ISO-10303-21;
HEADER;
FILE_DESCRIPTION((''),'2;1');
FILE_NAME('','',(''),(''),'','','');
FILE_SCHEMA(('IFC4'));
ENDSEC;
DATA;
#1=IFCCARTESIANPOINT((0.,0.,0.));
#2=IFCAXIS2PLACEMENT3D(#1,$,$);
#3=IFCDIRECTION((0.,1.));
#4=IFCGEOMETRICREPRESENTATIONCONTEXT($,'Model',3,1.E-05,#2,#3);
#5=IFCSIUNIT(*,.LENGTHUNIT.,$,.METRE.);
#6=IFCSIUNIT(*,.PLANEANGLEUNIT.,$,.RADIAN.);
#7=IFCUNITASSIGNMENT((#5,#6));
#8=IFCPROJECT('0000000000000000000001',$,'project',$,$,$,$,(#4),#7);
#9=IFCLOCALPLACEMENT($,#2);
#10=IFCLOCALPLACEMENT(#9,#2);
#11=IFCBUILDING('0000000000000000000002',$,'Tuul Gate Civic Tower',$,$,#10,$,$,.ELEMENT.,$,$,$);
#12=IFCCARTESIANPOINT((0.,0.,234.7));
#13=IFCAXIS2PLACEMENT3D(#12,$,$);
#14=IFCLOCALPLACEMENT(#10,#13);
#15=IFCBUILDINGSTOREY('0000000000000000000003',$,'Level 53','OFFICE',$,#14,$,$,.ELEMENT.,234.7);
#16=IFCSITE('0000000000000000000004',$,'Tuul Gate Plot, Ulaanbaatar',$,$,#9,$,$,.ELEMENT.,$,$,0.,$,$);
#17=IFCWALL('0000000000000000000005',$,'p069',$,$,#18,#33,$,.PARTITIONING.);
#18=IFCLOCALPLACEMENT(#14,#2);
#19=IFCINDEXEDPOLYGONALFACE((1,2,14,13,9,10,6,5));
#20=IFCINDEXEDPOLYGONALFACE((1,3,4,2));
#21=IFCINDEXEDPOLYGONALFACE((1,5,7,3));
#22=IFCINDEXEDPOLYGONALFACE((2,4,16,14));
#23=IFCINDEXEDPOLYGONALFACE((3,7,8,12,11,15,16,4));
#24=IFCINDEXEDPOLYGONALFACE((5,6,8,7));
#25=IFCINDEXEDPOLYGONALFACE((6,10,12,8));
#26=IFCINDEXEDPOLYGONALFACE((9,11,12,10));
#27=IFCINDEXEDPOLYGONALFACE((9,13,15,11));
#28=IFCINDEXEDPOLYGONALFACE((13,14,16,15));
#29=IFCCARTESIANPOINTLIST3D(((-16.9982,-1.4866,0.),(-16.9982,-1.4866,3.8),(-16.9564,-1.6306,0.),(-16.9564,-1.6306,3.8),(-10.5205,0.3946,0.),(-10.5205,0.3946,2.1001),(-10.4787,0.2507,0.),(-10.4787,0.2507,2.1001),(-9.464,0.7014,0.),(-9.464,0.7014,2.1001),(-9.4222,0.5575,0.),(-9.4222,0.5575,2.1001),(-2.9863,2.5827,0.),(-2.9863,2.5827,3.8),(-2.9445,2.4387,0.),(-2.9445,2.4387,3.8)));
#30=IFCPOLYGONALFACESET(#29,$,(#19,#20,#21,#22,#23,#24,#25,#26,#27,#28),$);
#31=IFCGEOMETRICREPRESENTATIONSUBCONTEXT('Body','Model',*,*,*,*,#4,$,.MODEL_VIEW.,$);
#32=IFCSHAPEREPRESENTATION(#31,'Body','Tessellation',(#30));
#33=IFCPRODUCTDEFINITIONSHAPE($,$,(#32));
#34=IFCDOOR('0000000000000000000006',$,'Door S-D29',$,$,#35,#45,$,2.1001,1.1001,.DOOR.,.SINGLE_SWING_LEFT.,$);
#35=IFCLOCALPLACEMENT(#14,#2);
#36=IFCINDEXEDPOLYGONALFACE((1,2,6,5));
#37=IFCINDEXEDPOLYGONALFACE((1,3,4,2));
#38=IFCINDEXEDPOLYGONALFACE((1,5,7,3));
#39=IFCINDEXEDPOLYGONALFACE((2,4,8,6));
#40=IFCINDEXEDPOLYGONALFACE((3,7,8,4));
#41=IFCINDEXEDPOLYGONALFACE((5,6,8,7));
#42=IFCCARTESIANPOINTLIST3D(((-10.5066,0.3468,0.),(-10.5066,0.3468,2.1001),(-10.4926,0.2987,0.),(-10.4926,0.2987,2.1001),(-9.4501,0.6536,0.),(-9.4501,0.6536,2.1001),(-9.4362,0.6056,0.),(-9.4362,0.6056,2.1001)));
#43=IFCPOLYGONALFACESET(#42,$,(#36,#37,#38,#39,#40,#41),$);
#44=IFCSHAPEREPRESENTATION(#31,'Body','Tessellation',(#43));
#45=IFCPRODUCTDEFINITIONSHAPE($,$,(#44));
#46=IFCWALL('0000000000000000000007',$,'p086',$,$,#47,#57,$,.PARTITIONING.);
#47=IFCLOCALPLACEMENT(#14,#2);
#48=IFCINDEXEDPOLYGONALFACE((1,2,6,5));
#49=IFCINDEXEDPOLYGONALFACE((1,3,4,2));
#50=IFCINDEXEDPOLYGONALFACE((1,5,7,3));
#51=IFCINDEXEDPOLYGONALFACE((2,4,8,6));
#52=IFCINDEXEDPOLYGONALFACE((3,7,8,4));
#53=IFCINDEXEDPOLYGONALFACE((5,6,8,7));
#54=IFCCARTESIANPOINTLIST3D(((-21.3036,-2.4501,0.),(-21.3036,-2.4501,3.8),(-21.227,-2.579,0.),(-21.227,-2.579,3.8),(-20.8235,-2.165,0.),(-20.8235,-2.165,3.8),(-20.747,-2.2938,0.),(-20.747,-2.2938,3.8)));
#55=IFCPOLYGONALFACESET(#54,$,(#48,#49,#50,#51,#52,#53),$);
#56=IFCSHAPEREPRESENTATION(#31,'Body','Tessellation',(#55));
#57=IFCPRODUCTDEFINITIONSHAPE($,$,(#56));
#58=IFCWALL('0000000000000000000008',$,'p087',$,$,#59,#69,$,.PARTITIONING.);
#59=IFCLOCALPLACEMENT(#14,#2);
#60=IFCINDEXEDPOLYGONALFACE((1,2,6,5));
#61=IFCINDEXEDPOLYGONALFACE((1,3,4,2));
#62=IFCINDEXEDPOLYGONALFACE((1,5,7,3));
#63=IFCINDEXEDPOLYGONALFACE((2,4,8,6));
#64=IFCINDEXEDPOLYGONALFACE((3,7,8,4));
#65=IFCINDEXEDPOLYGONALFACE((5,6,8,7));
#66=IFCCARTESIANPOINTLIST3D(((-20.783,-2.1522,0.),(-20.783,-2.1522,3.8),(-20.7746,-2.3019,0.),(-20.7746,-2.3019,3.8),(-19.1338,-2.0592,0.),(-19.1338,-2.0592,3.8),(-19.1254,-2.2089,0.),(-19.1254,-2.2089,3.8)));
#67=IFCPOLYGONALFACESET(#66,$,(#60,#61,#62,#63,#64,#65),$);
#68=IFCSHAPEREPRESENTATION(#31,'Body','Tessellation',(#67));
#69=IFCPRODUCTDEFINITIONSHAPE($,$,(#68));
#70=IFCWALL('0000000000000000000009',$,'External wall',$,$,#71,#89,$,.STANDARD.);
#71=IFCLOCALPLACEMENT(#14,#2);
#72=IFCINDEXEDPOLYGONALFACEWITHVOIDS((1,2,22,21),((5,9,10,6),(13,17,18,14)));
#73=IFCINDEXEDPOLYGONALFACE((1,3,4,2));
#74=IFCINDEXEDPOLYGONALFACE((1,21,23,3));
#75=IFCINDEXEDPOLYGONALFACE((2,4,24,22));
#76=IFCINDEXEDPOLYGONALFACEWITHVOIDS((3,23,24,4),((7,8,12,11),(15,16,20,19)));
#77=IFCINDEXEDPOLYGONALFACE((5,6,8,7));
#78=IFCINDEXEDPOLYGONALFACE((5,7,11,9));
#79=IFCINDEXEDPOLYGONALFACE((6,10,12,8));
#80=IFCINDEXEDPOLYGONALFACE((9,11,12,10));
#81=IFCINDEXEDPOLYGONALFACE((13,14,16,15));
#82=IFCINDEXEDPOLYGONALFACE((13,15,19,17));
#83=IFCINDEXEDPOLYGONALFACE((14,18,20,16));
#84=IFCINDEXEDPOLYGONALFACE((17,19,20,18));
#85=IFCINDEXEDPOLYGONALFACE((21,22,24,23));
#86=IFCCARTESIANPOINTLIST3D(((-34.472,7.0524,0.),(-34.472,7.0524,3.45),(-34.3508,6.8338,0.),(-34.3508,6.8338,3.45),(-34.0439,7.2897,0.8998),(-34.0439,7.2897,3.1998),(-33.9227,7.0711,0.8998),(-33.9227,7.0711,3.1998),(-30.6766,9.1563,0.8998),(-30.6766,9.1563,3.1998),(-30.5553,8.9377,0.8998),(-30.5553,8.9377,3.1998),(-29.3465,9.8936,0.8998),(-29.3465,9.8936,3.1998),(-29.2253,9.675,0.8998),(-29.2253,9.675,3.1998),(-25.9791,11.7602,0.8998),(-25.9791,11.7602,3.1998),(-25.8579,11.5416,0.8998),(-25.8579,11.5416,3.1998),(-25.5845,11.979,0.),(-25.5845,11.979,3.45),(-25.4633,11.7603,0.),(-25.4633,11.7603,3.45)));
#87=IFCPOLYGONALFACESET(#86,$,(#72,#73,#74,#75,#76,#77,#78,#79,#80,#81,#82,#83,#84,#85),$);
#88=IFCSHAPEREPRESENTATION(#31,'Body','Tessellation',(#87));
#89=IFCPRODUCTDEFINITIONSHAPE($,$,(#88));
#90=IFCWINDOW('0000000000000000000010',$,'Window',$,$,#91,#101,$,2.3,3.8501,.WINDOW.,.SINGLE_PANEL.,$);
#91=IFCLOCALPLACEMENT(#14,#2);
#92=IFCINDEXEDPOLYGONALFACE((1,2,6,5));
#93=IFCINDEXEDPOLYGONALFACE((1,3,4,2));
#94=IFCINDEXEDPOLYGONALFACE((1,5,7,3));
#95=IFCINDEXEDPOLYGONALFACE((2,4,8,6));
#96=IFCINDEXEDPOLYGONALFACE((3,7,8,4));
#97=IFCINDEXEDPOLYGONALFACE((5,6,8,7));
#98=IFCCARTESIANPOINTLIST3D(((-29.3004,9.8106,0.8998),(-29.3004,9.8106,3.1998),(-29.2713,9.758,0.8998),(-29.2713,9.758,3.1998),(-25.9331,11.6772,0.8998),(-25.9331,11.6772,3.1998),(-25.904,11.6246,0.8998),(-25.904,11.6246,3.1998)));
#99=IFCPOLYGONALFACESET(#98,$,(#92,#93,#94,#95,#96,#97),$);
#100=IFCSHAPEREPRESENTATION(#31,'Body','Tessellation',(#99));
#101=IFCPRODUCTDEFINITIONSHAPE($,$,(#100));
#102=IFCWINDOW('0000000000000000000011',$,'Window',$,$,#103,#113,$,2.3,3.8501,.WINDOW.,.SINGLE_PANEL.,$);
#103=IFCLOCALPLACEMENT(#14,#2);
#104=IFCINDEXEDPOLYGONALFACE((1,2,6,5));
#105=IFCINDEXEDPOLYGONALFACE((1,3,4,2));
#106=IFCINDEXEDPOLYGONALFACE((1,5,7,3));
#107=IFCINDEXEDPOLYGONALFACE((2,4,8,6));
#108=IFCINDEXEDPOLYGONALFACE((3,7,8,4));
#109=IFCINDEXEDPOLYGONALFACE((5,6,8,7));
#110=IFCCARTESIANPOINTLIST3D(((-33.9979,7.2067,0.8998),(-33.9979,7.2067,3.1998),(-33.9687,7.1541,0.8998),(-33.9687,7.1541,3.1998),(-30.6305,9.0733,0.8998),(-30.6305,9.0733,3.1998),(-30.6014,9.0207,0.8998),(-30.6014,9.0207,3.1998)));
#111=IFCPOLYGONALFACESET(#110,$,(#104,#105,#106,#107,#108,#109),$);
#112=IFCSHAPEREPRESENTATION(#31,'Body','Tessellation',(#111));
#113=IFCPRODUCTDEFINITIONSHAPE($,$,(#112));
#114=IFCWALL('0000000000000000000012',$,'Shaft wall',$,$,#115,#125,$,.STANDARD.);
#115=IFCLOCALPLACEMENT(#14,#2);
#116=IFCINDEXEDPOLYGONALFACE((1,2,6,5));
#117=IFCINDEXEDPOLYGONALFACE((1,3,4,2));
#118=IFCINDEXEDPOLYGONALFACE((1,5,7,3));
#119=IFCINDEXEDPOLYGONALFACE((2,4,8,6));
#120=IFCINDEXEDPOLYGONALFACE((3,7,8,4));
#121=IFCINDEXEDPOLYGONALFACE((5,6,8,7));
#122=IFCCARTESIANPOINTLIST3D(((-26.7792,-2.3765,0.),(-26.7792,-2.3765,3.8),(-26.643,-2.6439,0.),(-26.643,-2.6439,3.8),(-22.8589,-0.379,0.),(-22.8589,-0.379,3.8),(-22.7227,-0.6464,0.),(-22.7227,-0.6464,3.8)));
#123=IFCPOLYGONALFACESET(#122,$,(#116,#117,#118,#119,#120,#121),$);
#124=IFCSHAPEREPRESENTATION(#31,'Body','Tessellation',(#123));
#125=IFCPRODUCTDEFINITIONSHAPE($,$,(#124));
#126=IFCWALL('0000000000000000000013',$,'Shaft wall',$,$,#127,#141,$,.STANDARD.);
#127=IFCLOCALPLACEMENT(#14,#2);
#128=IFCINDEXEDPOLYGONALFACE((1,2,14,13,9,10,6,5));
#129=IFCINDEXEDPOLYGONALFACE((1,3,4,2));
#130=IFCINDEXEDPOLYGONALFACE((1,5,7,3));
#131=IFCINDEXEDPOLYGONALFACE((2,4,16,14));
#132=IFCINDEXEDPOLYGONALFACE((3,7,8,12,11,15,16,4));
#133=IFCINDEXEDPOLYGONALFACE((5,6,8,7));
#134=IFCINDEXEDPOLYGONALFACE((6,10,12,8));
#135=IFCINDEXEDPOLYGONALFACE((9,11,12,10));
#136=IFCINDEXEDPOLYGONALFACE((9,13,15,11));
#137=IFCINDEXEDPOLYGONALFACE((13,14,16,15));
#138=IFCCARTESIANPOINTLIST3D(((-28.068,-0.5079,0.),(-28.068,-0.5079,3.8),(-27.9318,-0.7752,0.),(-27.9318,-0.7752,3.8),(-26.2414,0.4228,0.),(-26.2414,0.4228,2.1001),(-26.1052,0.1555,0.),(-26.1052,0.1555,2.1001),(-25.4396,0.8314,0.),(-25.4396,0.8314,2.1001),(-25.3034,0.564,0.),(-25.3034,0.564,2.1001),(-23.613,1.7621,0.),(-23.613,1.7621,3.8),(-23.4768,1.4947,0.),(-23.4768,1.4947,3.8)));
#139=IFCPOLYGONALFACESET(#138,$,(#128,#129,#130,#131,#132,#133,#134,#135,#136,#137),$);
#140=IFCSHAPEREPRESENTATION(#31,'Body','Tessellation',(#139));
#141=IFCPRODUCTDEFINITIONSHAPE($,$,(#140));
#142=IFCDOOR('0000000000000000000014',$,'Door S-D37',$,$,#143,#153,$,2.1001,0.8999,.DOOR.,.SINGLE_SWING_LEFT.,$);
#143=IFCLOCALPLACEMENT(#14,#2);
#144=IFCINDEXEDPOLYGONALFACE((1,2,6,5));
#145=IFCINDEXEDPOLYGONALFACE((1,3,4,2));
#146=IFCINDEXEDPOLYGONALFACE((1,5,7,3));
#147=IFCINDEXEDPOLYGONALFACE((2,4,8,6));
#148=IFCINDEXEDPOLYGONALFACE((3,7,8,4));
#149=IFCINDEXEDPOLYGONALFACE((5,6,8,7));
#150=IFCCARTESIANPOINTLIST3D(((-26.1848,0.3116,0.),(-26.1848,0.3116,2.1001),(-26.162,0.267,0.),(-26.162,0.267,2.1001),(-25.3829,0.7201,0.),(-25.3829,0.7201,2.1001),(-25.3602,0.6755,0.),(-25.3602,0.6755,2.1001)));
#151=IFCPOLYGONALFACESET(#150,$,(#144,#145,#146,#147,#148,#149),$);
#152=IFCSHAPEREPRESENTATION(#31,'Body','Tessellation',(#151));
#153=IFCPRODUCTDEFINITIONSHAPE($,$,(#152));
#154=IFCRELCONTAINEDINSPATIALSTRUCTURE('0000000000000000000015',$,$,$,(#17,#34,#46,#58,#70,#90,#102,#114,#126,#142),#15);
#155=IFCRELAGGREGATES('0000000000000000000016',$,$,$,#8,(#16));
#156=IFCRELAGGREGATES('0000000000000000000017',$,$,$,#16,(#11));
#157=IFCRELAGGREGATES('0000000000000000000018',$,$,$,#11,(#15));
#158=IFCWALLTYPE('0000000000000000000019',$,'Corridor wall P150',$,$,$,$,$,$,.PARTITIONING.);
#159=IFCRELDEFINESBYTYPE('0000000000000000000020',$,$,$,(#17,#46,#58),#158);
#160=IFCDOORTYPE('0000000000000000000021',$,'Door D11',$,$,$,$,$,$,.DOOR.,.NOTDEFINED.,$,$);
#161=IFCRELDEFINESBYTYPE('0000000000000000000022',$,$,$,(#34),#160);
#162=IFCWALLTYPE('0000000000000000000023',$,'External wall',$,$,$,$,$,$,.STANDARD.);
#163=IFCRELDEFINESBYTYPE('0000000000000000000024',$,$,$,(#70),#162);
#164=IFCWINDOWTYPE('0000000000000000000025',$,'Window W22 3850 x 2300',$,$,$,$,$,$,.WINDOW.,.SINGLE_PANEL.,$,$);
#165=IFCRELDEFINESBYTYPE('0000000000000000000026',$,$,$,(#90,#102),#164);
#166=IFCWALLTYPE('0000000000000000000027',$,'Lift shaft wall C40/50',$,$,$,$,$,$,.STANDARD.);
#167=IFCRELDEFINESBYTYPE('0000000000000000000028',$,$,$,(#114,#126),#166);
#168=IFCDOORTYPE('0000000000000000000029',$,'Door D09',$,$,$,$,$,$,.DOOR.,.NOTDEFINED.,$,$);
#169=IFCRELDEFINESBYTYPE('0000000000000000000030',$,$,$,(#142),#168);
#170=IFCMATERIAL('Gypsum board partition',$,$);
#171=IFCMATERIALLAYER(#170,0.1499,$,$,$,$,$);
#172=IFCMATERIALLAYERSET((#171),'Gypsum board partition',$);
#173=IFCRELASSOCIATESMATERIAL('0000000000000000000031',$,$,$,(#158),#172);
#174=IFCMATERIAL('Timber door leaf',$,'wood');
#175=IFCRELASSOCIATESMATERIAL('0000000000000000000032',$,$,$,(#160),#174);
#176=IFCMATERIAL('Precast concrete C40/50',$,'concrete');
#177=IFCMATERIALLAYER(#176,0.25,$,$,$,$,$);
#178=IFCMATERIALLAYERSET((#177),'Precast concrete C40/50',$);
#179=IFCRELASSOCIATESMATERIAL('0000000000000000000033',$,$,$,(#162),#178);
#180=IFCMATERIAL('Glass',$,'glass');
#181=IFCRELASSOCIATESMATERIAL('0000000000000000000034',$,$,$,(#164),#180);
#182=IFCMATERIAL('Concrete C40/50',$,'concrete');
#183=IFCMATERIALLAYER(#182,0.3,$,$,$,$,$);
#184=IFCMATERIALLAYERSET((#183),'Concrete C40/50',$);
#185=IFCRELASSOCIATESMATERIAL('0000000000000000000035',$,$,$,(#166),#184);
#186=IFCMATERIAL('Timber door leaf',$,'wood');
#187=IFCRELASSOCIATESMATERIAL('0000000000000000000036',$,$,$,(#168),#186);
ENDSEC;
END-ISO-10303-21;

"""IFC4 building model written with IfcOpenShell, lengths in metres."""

from ifc_helpers import new_model, si_unit, direction, frame, frame_2d, origin, place, context, subcontext, project, spatial, rectangle, extrude, material, layer, layer_set, type_object, element, fill, save


model = new_model("IFC4")

# Units and contexts
model_context = context("Model", 3, precision=1e-05, world=origin(), true_north=direction((0.0, 1.0)))
body_context = subcontext(model_context, "Body", "Model", "MODEL_VIEW")
ifc_project = project(units=[si_unit("LENGTHUNIT", "METRE"), si_unit("PLANEANGLEUNIT", "RADIAN")], contexts=[model_context])

# Site, building, storey
site_placement = place(None, origin())
site = spatial("IfcSite", under=ifc_project, at=site_placement, Name="Tuul Gate Plot, Ulaanbaatar", CompositionType="ELEMENT", RefElevation=0.0)
building_placement = place(site_placement, origin())
building = spatial("IfcBuilding", under=site, at=building_placement, Name="Tuul Gate Civic Tower", CompositionType="ELEMENT")
storey_placement = place(building_placement, frame((0.0, 0.0, 234.7)))
storey = spatial("IfcBuildingStorey", under=building, at=storey_placement, Name="Level 53", Description="OFFICE", CompositionType="ELEMENT", Elevation=234.7)

# Shared definitions
ifc_material_1 = material(Name="Gypsum board partition")
ifc_layer_1 = layer(ifc_material_1, 0.1499)
ifc_layer_set_1 = layer_set([ifc_layer_1], Name="Gypsum board partition")
wall_type_1 = type_object("IfcWallType", Name="Corridor wall P150", PredefinedType="PARTITIONING", material=ifc_layer_set_1)
ifc_material_2 = material(Name="Timber door leaf", Category="wood")
door_type_1 = type_object("IfcDoorType", Name="Door D11", OperationType="NOTDEFINED", PredefinedType="DOOR", material=ifc_material_2)

# Wall, opening, door
wall_1_placement = place(storey_placement, frame((-16.9773, -1.5586, 0.0), z_axis=(0.0, 0.0, 1.0), x_axis=(0.960322, 0.278895, 0.0)))
wall_1 = element("IfcWall", 1, at=wall_1_placement, inside=storey, type_object=wall_type_1, Name="p069", PredefinedType="PARTITIONING", context=body_context, shape_type="SweptSolid", body=[
    extrude(rectangle(XDim=14.5908, YDim=0.1499, at=frame_2d((7.2954, 0.0))), origin(), (0.0, 0.0, 1.0), 3.8),
])
opening_1_placement = place(wall_1_placement, frame((6.7454, 0.0, 0.0)))
opening_1 = element("IfcOpeningElement", 2, at=opening_1_placement, cuts=wall_1, PredefinedType="OPENING", context=body_context, shape_type="SweptSolid", body=[
    extrude(rectangle(XDim=1.1001, YDim=2.1001, at=frame_2d((0.55, 1.05))), frame((0.0, 0.085, 0.0), z_axis=(0.0, -1.0, 0.0), x_axis=(1.0, 0.0, 0.0)), (0.0, 0.0, 1.0), 0.1699),
])
door_1_placement = place(opening_1_placement, frame((1.1001, 0.0, 0.0), z_axis=(0.0, 0.0, 1.0), x_axis=(-1.0, 0.0, 0.0)))
door_1 = element("IfcDoor", 3, at=door_1_placement, inside=storey, type_object=door_type_1, Name="Door S-D29", OperationType="SINGLE_SWING_LEFT", OverallHeight=2.1001, OverallWidth=1.1001, PredefinedType="DOOR", context=body_context, shape_type="SweptSolid", body=[
    extrude(rectangle(XDim=1.1001, YDim=2.1001, at=frame_2d((0.55, 1.05))), frame((0.0, 0.0249, 0.0), z_axis=(0.0, -1.0, 0.0), x_axis=(1.0, 0.0, 0.0)), (0.0, 0.0, 1.0), 0.05),
])
fill(opening_1, door_1)

# Walls
wall_2_placement = place(storey_placement, frame((-21.2654, -2.5146, 0.0), z_axis=(0.0, 0.0, 1.0), x_axis=(0.859723, 0.510761, 0.0)))
element("IfcWall", 4, at=wall_2_placement, inside=storey, type_object=wall_type_1, Name="p086", PredefinedType="PARTITIONING", context=body_context, shape_type="SweptSolid", body=[
    extrude(rectangle(XDim=0.5583, YDim=0.1499, at=frame_2d((0.2793, 0.0))), origin(), (0.0, 0.0, 1.0), 3.8),
])
wall_3_placement = place(storey_placement, frame((-20.7788, -2.2271, 0.0), z_axis=(0.0, 0.0, 1.0), x_axis=(0.998413, 0.056313, 0.0)))
element("IfcWall", 5, at=wall_3_placement, inside=storey, type_object=wall_type_1, Name="p087", PredefinedType="PARTITIONING", context=body_context, shape_type="SweptSolid", body=[
    extrude(rectangle(XDim=1.6519, YDim=0.1499, at=frame_2d((0.8259, 0.0))), origin(), (0.0, 0.0, 1.0), 3.8),
])

# Wall, openings, windows
ifc_material_3 = material(Name="Precast concrete C40/50", Category="concrete")
ifc_layer_2 = layer(ifc_material_3, 0.25)
ifc_layer_set_2 = layer_set([ifc_layer_2], Name="Precast concrete C40/50")
wall_type_2 = type_object("IfcWallType", Name="External wall", PredefinedType="STANDARD", material=ifc_layer_set_2)
wall_4_placement = place(storey_placement, frame((-25.5239, 11.8696, 0.0), z_axis=(0.0, 0.0, 1.0), x_axis=(-0.874615, -0.484819, 0.0)))
wall_4 = element("IfcWall", 6, at=wall_4_placement, inside=storey, type_object=wall_type_2, Name="External wall", PredefinedType="STANDARD", context=body_context, shape_type="SweptSolid", body=[
    extrude(rectangle(XDim=10.1616, YDim=0.25, at=frame_2d((5.0808, 0.0))), origin(), (0.0, 0.0, 1.0), 3.45),
])
opening_2_placement = place(wall_4_placement, frame((0.4512, 0.0, 0.8999)))
opening_2 = element("IfcOpeningElement", 7, at=opening_2_placement, cuts=wall_4, PredefinedType="OPENING", context=body_context, shape_type="SweptSolid", body=[
    extrude(rectangle(XDim=3.8501, YDim=2.3, at=frame_2d((1.925, 1.1499))), frame((0.0, 0.135, 0.0), z_axis=(0.0, -1.0, 0.0), x_axis=(1.0, 0.0, 0.0)), (0.0, 0.0, 1.0), 0.27),
])
opening_3_placement = place(wall_4_placement, frame((5.822, 0.0, 0.8999)))
opening_3 = element("IfcOpeningElement", 8, at=opening_3_placement, cuts=wall_4, PredefinedType="OPENING", context=body_context, shape_type="SweptSolid", body=[
    extrude(rectangle(XDim=3.8501, YDim=2.3, at=frame_2d((1.925, 1.1499))), frame((0.0, 0.135, 0.0), z_axis=(0.0, -1.0, 0.0), x_axis=(1.0, 0.0, 0.0)), (0.0, 0.0, 1.0), 0.27),
])
ifc_material_4 = material(Name="Glass", Category="glass")
window_type = type_object("IfcWindowType", Name="Window W22 3850 x 2300", PartitioningType="SINGLE_PANEL", PredefinedType="WINDOW", material=ifc_material_4)
window_1_placement = place(opening_2_placement, origin())
window_1 = element("IfcWindow", 9, at=window_1_placement, inside=storey, type_object=window_type, Name="Window", OverallHeight=2.3, OverallWidth=3.8501, PartitioningType="SINGLE_PANEL", PredefinedType="WINDOW", context=body_context, shape_type="SweptSolid", body=[
    extrude(rectangle(XDim=3.8501, YDim=2.3, at=frame_2d((1.925, 1.1499))), frame((0.0, 0.03, 0.0), z_axis=(0.0, -1.0, 0.0), x_axis=(1.0, 0.0, 0.0)), (0.0, 0.0, 1.0), 0.0601),
])
fill(opening_2, window_1)
window_2_placement = place(opening_3_placement, origin())
window_2 = element("IfcWindow", 10, at=window_2_placement, inside=storey, type_object=window_type, Name="Window", OverallHeight=2.3, OverallWidth=3.8501, PartitioningType="SINGLE_PANEL", PredefinedType="WINDOW", context=body_context, shape_type="SweptSolid", body=[
    extrude(rectangle(XDim=3.8501, YDim=2.3, at=frame_2d((1.925, 1.1499))), frame((0.0, 0.03, 0.0), z_axis=(0.0, -1.0, 0.0), x_axis=(1.0, 0.0, 0.0)), (0.0, 0.0, 1.0), 0.0601),
])
fill(opening_3, window_2)

# Wall
ifc_material_5 = material(Name="Concrete C40/50", Category="concrete")
ifc_layer_3 = layer(ifc_material_5, 0.3)
ifc_layer_set_3 = layer_set([ifc_layer_3], Name="Concrete C40/50")
wall_type_3 = type_object("IfcWallType", Name="Lift shaft wall C40/50", PredefinedType="STANDARD", material=ifc_layer_set_3)
wall_5_placement = place(storey_placement, frame((-22.7908, -0.5127, 0.0), z_axis=(0.0, 0.0, 1.0), x_axis=(-0.891006, -0.453992, 0.0)))
element("IfcWall", 11, at=wall_5_placement, inside=storey, type_object=wall_type_3, Name="Shaft wall", PredefinedType="STANDARD", context=body_context, shape_type="SweptSolid", body=[
    extrude(rectangle(XDim=4.3999, YDim=0.3, at=frame_2d((2.2, 0.0))), origin(), (0.0, 0.0, 1.0), 3.8),
])

# Wall, opening, door
wall_6_placement = place(storey_placement, frame((-23.5449, 1.6284, 0.0), z_axis=(0.0, 0.0, 1.0), x_axis=(-0.891003, -0.453997, 0.0)))
wall_6 = element("IfcWall", 12, at=wall_6_placement, inside=storey, type_object=wall_type_3, Name="Shaft wall", PredefinedType="STANDARD", context=body_context, shape_type="SweptSolid", body=[
    extrude(rectangle(XDim=5.0, YDim=0.3, at=frame_2d((2.5, 0.0))), origin(), (0.0, 0.0, 1.0), 3.8),
])
opening_4_placement = place(wall_6_placement, frame((2.05, 0.0, 0.0)))
opening_4 = element("IfcOpeningElement", 13, at=opening_4_placement, cuts=wall_6, PredefinedType="OPENING", context=body_context, shape_type="SweptSolid", body=[
    extrude(rectangle(XDim=0.8999, YDim=2.1001, at=frame_2d((0.45, 1.05))), frame((0.0, 0.1602, 0.0), z_axis=(0.0, -1.0, 0.0), x_axis=(1.0, 0.0, 0.0)), (0.0, 0.0, 1.0), 0.3201),
])
ifc_material_6 = material(Name="Timber door leaf", Category="wood")
door_type_2 = type_object("IfcDoorType", Name="Door D09", OperationType="NOTDEFINED", PredefinedType="DOOR", material=ifc_material_6)
door_2_placement = place(opening_4_placement, origin())
door_2 = element("IfcDoor", 14, at=door_2_placement, inside=storey, type_object=door_type_2, Name="Door S-D37", OperationType="SINGLE_SWING_LEFT", OverallHeight=2.1001, OverallWidth=0.8999, PredefinedType="DOOR", context=body_context, shape_type="SweptSolid", body=[
    extrude(rectangle(XDim=0.8999, YDim=2.1001, at=frame_2d((0.45, 1.05))), frame((0.0, 0.0249, 0.0), z_axis=(0.0, -1.0, 0.0), x_axis=(1.0, 0.0, 0.0)), (0.0, 0.0, 1.0), 0.05),
])
fill(opening_4, door_2)

save(model, "model.ifc")
